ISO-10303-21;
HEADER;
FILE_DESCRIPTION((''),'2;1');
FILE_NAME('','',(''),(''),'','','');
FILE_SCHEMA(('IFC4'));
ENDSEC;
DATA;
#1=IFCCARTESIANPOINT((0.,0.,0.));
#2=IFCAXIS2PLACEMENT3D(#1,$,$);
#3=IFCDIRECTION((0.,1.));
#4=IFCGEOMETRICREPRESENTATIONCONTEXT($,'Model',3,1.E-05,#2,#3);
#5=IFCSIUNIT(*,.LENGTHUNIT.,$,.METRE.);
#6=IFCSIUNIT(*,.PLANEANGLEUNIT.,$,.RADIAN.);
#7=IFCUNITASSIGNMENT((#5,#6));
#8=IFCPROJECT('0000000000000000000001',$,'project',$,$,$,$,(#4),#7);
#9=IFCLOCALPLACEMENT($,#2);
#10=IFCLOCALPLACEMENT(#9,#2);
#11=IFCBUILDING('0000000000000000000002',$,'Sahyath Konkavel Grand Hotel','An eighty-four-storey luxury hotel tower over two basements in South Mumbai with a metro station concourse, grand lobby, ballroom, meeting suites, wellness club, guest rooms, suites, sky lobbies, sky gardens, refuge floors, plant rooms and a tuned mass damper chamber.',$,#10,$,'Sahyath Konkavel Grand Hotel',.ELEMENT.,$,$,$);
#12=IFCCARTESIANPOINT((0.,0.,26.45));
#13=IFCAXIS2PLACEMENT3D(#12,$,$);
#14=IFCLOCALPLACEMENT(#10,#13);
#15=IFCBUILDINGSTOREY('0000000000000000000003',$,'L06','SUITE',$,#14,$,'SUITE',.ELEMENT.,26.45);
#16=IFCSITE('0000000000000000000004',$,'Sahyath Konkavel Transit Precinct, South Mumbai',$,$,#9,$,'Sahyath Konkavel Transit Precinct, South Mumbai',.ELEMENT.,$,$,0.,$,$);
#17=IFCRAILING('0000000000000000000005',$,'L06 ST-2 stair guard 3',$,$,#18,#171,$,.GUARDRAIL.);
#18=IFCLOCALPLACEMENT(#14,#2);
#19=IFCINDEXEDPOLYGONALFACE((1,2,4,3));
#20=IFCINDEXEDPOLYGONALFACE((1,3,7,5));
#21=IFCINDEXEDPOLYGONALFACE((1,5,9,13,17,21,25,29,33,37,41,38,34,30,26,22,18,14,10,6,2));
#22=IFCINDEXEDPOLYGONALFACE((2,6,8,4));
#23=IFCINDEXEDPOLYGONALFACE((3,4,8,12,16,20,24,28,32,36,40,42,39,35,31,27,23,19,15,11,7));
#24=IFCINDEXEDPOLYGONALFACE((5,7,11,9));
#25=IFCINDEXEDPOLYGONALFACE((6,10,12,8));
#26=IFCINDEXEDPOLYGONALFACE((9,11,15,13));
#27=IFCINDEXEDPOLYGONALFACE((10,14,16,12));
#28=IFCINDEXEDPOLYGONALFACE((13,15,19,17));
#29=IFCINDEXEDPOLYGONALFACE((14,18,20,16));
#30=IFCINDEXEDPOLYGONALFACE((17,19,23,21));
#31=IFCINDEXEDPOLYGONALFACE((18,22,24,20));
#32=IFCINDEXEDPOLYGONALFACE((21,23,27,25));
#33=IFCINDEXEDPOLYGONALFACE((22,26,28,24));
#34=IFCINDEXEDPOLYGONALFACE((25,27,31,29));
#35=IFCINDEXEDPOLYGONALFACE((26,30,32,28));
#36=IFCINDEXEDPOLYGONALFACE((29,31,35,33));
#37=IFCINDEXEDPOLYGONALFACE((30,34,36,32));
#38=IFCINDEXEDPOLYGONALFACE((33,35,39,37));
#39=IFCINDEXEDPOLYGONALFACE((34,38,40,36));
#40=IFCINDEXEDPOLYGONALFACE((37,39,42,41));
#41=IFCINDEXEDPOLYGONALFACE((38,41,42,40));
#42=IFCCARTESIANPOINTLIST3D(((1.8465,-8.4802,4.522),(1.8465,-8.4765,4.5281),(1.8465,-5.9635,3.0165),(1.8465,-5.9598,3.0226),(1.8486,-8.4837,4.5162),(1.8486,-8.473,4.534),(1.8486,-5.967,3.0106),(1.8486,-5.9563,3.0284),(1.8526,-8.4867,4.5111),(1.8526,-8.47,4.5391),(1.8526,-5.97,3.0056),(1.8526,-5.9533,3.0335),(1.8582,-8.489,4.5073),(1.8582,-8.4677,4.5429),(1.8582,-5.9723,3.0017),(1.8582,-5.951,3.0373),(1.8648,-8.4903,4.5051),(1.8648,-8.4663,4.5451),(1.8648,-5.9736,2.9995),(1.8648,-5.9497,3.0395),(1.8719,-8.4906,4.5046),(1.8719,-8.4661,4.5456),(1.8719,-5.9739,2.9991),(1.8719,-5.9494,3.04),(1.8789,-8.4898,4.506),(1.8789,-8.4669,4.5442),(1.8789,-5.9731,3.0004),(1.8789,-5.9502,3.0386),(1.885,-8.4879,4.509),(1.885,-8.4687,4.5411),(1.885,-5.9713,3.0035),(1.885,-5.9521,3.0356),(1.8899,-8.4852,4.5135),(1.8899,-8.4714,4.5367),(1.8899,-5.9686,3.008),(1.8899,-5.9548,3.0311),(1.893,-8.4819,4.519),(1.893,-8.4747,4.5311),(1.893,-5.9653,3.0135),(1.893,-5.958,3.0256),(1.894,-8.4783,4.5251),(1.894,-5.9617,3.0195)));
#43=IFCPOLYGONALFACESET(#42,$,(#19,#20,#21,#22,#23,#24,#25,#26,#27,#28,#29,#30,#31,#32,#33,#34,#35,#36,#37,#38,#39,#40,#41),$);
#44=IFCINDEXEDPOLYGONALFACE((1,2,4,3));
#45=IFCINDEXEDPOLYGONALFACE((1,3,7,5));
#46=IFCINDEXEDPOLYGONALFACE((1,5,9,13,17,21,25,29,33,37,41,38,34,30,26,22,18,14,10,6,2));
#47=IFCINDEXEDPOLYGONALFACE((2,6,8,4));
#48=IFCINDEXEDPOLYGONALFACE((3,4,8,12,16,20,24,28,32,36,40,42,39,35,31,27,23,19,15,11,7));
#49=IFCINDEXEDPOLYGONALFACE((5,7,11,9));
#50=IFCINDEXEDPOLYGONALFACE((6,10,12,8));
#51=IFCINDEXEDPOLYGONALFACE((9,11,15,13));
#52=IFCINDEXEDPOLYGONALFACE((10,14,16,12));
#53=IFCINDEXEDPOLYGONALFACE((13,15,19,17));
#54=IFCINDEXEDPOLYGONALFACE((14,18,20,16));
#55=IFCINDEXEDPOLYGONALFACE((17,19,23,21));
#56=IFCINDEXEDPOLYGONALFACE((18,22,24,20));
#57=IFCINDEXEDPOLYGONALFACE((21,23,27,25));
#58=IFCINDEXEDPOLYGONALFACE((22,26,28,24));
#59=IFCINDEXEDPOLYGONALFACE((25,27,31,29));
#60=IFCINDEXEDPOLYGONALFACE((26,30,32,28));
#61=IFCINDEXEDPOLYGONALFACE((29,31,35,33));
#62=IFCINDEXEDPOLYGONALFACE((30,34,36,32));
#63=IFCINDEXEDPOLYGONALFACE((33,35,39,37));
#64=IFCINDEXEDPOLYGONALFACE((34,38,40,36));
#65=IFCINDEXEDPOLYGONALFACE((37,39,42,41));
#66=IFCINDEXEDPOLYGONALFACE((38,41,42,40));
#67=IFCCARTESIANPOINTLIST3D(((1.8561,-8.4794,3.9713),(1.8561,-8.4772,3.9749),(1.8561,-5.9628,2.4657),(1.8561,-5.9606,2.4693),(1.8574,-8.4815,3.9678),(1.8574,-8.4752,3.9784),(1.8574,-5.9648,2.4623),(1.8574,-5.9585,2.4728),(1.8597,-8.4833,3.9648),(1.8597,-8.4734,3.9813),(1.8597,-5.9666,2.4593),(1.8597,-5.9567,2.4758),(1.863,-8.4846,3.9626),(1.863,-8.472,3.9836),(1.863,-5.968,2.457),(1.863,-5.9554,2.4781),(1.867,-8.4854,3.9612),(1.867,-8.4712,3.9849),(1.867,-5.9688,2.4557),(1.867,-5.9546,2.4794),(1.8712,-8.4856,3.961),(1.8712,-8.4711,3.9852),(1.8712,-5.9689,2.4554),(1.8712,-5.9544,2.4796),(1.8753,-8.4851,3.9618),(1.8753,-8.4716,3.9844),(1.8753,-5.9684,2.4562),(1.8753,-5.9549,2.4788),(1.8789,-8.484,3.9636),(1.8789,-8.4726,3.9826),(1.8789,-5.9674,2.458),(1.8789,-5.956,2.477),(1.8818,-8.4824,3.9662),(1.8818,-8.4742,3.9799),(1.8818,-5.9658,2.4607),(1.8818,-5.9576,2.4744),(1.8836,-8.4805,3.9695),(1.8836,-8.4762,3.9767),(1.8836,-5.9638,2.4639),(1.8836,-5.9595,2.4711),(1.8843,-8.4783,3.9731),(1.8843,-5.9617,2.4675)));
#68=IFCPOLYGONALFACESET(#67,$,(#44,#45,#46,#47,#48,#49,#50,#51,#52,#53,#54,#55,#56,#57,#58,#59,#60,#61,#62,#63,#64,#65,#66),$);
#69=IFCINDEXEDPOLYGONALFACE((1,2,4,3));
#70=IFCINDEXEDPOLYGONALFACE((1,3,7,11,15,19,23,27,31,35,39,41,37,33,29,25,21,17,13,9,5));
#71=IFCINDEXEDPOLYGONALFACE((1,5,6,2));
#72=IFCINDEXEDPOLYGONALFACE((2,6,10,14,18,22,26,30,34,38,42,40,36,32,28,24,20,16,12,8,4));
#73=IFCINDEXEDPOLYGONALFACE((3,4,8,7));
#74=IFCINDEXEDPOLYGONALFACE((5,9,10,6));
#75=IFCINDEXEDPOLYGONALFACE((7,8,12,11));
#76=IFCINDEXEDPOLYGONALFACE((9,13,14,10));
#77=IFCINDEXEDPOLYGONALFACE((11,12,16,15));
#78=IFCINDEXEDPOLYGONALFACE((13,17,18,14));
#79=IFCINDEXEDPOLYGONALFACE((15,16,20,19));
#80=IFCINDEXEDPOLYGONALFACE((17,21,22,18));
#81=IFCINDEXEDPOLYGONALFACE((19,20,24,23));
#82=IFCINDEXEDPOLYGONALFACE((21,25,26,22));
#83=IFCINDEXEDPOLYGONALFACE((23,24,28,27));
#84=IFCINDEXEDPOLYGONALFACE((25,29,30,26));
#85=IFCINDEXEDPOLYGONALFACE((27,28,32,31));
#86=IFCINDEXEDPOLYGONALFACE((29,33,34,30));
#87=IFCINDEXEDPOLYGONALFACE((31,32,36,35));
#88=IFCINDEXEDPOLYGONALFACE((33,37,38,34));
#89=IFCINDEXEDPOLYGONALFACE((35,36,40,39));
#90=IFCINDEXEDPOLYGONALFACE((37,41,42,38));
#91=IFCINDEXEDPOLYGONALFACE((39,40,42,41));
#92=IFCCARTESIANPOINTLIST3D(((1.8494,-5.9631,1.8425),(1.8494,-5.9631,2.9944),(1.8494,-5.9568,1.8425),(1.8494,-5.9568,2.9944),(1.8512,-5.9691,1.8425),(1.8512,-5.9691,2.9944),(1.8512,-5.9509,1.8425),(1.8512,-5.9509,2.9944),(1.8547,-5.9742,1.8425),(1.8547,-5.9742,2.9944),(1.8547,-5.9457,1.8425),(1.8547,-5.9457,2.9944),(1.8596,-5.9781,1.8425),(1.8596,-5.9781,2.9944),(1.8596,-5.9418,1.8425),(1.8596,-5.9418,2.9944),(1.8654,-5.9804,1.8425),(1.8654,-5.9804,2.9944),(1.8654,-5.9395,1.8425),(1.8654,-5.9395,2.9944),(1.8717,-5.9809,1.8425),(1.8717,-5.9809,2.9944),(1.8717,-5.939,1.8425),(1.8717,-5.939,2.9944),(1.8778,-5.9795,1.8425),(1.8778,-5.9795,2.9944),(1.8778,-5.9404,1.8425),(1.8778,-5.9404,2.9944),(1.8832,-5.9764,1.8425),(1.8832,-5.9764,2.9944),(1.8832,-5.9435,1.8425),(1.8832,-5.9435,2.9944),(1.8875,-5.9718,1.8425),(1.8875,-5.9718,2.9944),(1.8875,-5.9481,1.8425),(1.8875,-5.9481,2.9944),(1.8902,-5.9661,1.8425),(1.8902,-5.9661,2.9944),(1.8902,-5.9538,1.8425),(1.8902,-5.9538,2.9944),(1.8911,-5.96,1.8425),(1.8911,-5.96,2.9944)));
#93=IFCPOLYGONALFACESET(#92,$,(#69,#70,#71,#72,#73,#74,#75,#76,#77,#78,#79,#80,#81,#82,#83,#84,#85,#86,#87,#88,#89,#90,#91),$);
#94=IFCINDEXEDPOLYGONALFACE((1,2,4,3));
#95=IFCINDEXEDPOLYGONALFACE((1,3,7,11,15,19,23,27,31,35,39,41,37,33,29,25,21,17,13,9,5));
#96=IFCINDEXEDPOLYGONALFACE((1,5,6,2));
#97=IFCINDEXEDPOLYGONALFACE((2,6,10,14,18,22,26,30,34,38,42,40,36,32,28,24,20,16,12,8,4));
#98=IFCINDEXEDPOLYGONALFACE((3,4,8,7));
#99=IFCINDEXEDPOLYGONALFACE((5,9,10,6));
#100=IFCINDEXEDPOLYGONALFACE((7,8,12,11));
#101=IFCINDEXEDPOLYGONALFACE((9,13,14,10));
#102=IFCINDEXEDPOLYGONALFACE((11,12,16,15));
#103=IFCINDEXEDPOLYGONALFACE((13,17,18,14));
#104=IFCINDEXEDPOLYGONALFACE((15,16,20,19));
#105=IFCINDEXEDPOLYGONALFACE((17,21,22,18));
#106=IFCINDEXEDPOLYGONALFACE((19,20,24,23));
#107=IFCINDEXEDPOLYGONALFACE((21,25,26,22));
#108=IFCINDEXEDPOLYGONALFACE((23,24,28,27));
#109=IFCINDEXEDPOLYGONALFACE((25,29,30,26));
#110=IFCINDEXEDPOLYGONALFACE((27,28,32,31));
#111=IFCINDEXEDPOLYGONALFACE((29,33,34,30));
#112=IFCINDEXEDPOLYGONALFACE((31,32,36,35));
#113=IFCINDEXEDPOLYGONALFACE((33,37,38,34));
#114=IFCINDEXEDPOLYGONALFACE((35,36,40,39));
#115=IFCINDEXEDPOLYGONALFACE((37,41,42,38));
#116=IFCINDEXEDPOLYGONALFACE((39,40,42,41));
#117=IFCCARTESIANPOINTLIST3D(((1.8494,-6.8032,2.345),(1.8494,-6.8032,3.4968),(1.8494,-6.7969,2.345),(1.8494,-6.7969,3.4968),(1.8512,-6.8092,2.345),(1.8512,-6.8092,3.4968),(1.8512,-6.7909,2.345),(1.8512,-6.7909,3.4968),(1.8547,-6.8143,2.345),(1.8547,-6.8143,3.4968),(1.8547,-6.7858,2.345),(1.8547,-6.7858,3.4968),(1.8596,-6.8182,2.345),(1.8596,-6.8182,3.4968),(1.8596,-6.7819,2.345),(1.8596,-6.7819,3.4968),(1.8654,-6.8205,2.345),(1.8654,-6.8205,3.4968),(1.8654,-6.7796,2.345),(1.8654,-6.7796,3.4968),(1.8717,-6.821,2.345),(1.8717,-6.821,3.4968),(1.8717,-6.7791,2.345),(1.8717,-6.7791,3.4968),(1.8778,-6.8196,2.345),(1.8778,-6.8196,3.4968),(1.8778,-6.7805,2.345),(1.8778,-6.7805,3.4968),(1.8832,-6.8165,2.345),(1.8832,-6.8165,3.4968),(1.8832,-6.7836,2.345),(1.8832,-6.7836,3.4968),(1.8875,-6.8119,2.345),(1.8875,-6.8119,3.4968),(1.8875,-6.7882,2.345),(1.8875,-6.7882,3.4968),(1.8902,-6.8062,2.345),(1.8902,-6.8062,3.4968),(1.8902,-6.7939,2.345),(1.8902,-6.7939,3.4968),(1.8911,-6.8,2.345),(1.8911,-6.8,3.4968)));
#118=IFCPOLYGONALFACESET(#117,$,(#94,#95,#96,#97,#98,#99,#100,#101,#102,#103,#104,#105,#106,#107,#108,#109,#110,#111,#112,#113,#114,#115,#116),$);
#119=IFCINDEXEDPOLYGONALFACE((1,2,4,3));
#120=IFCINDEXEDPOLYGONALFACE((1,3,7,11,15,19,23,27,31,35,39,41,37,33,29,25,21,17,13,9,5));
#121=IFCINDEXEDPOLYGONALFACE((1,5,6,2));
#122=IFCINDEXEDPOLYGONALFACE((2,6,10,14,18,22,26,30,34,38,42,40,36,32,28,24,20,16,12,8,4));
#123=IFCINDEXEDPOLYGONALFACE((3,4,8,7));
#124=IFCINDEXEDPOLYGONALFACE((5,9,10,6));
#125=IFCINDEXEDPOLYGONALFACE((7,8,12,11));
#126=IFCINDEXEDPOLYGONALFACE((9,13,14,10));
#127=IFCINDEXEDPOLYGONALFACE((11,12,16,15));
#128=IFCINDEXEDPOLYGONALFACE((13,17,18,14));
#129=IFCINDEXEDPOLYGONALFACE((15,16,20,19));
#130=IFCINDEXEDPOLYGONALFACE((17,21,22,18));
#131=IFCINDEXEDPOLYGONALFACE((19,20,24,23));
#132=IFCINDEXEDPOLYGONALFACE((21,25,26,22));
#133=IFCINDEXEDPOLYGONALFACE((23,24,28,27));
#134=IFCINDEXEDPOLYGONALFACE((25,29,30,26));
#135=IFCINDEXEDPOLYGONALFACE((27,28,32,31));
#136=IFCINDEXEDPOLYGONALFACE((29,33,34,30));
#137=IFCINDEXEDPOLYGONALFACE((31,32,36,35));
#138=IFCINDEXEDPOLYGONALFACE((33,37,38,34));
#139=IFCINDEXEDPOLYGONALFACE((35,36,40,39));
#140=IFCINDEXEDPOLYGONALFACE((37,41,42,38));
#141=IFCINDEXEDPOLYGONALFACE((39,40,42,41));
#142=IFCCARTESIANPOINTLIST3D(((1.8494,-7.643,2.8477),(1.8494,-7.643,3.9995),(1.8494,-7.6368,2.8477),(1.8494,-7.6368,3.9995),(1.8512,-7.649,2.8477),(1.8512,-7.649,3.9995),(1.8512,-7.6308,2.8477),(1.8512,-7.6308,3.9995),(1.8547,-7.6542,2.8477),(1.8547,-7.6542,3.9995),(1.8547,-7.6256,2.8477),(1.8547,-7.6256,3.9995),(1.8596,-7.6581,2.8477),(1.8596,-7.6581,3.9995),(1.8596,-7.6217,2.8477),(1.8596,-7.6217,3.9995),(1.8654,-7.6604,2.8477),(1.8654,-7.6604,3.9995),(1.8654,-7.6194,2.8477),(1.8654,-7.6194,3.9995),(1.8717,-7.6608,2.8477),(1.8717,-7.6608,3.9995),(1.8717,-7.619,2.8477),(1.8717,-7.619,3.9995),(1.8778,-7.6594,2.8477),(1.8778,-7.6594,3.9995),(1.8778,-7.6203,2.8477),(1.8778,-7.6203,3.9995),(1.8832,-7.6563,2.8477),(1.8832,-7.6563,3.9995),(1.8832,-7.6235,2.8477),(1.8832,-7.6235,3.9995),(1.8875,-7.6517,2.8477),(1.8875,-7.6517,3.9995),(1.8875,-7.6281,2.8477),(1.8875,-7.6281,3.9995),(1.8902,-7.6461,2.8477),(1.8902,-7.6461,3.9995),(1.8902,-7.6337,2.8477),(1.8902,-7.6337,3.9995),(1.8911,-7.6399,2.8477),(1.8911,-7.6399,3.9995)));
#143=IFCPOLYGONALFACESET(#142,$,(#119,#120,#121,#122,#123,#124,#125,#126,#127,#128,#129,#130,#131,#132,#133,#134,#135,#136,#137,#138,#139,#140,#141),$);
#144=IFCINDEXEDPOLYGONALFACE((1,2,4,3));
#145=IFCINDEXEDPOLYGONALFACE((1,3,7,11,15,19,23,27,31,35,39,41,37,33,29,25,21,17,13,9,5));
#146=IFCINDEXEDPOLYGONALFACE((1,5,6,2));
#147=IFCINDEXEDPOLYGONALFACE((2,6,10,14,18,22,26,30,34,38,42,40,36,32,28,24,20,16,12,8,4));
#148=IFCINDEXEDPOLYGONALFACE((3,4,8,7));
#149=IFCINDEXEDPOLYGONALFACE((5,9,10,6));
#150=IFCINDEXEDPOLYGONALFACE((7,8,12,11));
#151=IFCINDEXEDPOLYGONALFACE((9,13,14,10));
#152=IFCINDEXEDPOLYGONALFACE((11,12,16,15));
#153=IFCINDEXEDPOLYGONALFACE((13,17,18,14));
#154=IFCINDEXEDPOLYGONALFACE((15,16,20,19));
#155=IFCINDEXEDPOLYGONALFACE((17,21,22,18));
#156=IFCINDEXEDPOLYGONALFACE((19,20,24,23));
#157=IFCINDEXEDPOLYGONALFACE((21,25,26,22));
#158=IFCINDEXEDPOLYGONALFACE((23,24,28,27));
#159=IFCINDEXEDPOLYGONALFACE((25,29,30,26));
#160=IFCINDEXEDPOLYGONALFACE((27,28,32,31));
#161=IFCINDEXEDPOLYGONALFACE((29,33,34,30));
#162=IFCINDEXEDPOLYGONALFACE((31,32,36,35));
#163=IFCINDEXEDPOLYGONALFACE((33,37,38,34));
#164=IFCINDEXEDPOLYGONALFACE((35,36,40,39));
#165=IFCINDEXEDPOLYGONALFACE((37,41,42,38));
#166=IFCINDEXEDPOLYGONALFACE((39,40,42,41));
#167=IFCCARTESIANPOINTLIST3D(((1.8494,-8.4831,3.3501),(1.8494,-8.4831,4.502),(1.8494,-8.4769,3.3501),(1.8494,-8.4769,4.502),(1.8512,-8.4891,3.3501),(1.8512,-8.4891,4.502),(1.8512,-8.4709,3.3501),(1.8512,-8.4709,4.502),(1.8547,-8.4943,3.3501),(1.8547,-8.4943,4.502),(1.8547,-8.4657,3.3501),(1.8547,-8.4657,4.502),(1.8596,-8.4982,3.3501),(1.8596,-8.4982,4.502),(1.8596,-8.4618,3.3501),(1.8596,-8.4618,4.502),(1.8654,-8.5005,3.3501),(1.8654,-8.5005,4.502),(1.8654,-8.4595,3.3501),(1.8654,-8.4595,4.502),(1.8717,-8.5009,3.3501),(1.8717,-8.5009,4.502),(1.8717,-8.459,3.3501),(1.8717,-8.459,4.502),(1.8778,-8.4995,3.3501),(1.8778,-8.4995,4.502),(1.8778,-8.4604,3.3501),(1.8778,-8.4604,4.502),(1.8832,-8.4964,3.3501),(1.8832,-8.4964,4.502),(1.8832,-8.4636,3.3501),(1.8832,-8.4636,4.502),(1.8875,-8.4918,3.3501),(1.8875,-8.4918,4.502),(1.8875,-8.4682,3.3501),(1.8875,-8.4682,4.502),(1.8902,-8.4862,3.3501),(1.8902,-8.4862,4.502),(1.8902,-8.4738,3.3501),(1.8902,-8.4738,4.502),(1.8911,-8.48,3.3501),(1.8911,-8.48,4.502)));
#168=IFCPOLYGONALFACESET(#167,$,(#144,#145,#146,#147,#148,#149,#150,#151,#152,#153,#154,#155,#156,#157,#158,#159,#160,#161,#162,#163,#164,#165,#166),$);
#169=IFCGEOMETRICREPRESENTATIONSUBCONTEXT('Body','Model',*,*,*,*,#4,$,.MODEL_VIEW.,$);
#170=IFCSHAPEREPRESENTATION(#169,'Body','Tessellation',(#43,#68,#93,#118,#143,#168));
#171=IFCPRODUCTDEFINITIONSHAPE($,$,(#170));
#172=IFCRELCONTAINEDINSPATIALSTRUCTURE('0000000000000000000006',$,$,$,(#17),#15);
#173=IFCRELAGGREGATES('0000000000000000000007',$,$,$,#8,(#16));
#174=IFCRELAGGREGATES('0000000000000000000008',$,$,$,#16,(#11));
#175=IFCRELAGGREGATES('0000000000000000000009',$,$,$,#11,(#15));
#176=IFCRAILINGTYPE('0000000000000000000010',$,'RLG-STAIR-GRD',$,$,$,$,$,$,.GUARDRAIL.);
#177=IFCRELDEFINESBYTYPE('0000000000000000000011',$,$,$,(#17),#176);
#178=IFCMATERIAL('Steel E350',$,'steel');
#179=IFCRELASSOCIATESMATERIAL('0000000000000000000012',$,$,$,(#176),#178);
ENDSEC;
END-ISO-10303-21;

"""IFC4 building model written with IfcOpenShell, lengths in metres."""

from ifc_helpers import new_model, si_unit, direction, frame, origin, origin_2d, place, context, subcontext, project, spatial, circle, extrude, material, type_object, element, save


model = new_model("IFC4")

# Units and contexts
model_context = context("Model", 3, precision=1e-05, world=origin(), true_north=direction((0.0, 1.0)))
body_context = subcontext(model_context, "Body", "Model", "MODEL_VIEW")
ifc_project = project(units=[si_unit("LENGTHUNIT", "METRE"), si_unit("PLANEANGLEUNIT", "RADIAN")], contexts=[model_context])

# Site, building, storey
site_placement = place(None, origin())
site = spatial("IfcSite", under=ifc_project, at=site_placement, Name="Sahyath Konkavel Transit Precinct, South Mumbai", LongName="Sahyath Konkavel Transit Precinct, South Mumbai", CompositionType="ELEMENT", RefElevation=0.0)
building_placement = place(site_placement, origin())
building = spatial("IfcBuilding", under=site, at=building_placement, Name="Sahyath Konkavel Grand Hotel", Description="An eighty-four-storey luxury hotel tower over two basements in South Mumbai with a metro station concourse, grand lobby, ballroom, meeting suites, wellness club, guest rooms, suites, sky lobbies, sky gardens, refuge floors, plant rooms and a tuned mass damper chamber.", LongName="Sahyath Konkavel Grand Hotel", CompositionType="ELEMENT")
storey_placement = place(building_placement, frame((0.0, 0.0, 26.45)))
storey = spatial("IfcBuildingStorey", under=building, at=storey_placement, Name="L06", Description="SUITE", LongName="SUITE", CompositionType="ELEMENT", Elevation=26.45)

# Shared definitions
ifc_material_1 = material(Name="Steel E350", Category="steel")

# Railing
railing_type_1 = type_object("IfcRailingType", Name="RLG-STAIR-GRD", PredefinedType="GUARDRAIL", material=ifc_material_1)
railing_1_placement = place(storey_placement, frame((1.8701, -5.96, 1.8425)))
element("IfcRailing", 1, at=railing_1_placement, inside=storey, type_object=railing_type_1, Name="L06 ST-2 stair guard 3", PredefinedType="GUARDRAIL", context=body_context, shape_type="SweptSolid", body=[
    extrude(circle(Radius=0.0239, at=origin_2d()), frame((0.0, -0.0017, 1.177), z_axis=(0.0, -0.85816, 0.513383), x_axis=(1.0, 0.0, 0.0)), (0.0, 0.0, 1.0), 2.9326),
    extrude(circle(Radius=0.0142, at=origin_2d()), frame((0.0, -0.0017, 0.625), z_axis=(0.0, -0.85816, 0.513383), x_axis=(1.0, 0.0, 0.0)), (0.0, 0.0, 1.0), 2.9326),
    extrude(circle(Radius=0.021, at=origin_2d()), origin(), (0.0, 0.0, 1.0), 1.1519),
    extrude(circle(Radius=0.021, at=origin_2d()), frame((0.0, -0.8401, 0.5024)), (0.0, 0.0, 1.0), 1.1519),
    extrude(circle(Radius=0.021, at=origin_2d()), frame((0.0, -1.6799, 1.0051)), (0.0, 0.0, 1.0), 1.1519),
    extrude(circle(Radius=0.021, at=origin_2d()), frame((0.0, -2.52, 1.5076)), (0.0, 0.0, 1.0), 1.1519),
])

save(model, "model.ifc")
